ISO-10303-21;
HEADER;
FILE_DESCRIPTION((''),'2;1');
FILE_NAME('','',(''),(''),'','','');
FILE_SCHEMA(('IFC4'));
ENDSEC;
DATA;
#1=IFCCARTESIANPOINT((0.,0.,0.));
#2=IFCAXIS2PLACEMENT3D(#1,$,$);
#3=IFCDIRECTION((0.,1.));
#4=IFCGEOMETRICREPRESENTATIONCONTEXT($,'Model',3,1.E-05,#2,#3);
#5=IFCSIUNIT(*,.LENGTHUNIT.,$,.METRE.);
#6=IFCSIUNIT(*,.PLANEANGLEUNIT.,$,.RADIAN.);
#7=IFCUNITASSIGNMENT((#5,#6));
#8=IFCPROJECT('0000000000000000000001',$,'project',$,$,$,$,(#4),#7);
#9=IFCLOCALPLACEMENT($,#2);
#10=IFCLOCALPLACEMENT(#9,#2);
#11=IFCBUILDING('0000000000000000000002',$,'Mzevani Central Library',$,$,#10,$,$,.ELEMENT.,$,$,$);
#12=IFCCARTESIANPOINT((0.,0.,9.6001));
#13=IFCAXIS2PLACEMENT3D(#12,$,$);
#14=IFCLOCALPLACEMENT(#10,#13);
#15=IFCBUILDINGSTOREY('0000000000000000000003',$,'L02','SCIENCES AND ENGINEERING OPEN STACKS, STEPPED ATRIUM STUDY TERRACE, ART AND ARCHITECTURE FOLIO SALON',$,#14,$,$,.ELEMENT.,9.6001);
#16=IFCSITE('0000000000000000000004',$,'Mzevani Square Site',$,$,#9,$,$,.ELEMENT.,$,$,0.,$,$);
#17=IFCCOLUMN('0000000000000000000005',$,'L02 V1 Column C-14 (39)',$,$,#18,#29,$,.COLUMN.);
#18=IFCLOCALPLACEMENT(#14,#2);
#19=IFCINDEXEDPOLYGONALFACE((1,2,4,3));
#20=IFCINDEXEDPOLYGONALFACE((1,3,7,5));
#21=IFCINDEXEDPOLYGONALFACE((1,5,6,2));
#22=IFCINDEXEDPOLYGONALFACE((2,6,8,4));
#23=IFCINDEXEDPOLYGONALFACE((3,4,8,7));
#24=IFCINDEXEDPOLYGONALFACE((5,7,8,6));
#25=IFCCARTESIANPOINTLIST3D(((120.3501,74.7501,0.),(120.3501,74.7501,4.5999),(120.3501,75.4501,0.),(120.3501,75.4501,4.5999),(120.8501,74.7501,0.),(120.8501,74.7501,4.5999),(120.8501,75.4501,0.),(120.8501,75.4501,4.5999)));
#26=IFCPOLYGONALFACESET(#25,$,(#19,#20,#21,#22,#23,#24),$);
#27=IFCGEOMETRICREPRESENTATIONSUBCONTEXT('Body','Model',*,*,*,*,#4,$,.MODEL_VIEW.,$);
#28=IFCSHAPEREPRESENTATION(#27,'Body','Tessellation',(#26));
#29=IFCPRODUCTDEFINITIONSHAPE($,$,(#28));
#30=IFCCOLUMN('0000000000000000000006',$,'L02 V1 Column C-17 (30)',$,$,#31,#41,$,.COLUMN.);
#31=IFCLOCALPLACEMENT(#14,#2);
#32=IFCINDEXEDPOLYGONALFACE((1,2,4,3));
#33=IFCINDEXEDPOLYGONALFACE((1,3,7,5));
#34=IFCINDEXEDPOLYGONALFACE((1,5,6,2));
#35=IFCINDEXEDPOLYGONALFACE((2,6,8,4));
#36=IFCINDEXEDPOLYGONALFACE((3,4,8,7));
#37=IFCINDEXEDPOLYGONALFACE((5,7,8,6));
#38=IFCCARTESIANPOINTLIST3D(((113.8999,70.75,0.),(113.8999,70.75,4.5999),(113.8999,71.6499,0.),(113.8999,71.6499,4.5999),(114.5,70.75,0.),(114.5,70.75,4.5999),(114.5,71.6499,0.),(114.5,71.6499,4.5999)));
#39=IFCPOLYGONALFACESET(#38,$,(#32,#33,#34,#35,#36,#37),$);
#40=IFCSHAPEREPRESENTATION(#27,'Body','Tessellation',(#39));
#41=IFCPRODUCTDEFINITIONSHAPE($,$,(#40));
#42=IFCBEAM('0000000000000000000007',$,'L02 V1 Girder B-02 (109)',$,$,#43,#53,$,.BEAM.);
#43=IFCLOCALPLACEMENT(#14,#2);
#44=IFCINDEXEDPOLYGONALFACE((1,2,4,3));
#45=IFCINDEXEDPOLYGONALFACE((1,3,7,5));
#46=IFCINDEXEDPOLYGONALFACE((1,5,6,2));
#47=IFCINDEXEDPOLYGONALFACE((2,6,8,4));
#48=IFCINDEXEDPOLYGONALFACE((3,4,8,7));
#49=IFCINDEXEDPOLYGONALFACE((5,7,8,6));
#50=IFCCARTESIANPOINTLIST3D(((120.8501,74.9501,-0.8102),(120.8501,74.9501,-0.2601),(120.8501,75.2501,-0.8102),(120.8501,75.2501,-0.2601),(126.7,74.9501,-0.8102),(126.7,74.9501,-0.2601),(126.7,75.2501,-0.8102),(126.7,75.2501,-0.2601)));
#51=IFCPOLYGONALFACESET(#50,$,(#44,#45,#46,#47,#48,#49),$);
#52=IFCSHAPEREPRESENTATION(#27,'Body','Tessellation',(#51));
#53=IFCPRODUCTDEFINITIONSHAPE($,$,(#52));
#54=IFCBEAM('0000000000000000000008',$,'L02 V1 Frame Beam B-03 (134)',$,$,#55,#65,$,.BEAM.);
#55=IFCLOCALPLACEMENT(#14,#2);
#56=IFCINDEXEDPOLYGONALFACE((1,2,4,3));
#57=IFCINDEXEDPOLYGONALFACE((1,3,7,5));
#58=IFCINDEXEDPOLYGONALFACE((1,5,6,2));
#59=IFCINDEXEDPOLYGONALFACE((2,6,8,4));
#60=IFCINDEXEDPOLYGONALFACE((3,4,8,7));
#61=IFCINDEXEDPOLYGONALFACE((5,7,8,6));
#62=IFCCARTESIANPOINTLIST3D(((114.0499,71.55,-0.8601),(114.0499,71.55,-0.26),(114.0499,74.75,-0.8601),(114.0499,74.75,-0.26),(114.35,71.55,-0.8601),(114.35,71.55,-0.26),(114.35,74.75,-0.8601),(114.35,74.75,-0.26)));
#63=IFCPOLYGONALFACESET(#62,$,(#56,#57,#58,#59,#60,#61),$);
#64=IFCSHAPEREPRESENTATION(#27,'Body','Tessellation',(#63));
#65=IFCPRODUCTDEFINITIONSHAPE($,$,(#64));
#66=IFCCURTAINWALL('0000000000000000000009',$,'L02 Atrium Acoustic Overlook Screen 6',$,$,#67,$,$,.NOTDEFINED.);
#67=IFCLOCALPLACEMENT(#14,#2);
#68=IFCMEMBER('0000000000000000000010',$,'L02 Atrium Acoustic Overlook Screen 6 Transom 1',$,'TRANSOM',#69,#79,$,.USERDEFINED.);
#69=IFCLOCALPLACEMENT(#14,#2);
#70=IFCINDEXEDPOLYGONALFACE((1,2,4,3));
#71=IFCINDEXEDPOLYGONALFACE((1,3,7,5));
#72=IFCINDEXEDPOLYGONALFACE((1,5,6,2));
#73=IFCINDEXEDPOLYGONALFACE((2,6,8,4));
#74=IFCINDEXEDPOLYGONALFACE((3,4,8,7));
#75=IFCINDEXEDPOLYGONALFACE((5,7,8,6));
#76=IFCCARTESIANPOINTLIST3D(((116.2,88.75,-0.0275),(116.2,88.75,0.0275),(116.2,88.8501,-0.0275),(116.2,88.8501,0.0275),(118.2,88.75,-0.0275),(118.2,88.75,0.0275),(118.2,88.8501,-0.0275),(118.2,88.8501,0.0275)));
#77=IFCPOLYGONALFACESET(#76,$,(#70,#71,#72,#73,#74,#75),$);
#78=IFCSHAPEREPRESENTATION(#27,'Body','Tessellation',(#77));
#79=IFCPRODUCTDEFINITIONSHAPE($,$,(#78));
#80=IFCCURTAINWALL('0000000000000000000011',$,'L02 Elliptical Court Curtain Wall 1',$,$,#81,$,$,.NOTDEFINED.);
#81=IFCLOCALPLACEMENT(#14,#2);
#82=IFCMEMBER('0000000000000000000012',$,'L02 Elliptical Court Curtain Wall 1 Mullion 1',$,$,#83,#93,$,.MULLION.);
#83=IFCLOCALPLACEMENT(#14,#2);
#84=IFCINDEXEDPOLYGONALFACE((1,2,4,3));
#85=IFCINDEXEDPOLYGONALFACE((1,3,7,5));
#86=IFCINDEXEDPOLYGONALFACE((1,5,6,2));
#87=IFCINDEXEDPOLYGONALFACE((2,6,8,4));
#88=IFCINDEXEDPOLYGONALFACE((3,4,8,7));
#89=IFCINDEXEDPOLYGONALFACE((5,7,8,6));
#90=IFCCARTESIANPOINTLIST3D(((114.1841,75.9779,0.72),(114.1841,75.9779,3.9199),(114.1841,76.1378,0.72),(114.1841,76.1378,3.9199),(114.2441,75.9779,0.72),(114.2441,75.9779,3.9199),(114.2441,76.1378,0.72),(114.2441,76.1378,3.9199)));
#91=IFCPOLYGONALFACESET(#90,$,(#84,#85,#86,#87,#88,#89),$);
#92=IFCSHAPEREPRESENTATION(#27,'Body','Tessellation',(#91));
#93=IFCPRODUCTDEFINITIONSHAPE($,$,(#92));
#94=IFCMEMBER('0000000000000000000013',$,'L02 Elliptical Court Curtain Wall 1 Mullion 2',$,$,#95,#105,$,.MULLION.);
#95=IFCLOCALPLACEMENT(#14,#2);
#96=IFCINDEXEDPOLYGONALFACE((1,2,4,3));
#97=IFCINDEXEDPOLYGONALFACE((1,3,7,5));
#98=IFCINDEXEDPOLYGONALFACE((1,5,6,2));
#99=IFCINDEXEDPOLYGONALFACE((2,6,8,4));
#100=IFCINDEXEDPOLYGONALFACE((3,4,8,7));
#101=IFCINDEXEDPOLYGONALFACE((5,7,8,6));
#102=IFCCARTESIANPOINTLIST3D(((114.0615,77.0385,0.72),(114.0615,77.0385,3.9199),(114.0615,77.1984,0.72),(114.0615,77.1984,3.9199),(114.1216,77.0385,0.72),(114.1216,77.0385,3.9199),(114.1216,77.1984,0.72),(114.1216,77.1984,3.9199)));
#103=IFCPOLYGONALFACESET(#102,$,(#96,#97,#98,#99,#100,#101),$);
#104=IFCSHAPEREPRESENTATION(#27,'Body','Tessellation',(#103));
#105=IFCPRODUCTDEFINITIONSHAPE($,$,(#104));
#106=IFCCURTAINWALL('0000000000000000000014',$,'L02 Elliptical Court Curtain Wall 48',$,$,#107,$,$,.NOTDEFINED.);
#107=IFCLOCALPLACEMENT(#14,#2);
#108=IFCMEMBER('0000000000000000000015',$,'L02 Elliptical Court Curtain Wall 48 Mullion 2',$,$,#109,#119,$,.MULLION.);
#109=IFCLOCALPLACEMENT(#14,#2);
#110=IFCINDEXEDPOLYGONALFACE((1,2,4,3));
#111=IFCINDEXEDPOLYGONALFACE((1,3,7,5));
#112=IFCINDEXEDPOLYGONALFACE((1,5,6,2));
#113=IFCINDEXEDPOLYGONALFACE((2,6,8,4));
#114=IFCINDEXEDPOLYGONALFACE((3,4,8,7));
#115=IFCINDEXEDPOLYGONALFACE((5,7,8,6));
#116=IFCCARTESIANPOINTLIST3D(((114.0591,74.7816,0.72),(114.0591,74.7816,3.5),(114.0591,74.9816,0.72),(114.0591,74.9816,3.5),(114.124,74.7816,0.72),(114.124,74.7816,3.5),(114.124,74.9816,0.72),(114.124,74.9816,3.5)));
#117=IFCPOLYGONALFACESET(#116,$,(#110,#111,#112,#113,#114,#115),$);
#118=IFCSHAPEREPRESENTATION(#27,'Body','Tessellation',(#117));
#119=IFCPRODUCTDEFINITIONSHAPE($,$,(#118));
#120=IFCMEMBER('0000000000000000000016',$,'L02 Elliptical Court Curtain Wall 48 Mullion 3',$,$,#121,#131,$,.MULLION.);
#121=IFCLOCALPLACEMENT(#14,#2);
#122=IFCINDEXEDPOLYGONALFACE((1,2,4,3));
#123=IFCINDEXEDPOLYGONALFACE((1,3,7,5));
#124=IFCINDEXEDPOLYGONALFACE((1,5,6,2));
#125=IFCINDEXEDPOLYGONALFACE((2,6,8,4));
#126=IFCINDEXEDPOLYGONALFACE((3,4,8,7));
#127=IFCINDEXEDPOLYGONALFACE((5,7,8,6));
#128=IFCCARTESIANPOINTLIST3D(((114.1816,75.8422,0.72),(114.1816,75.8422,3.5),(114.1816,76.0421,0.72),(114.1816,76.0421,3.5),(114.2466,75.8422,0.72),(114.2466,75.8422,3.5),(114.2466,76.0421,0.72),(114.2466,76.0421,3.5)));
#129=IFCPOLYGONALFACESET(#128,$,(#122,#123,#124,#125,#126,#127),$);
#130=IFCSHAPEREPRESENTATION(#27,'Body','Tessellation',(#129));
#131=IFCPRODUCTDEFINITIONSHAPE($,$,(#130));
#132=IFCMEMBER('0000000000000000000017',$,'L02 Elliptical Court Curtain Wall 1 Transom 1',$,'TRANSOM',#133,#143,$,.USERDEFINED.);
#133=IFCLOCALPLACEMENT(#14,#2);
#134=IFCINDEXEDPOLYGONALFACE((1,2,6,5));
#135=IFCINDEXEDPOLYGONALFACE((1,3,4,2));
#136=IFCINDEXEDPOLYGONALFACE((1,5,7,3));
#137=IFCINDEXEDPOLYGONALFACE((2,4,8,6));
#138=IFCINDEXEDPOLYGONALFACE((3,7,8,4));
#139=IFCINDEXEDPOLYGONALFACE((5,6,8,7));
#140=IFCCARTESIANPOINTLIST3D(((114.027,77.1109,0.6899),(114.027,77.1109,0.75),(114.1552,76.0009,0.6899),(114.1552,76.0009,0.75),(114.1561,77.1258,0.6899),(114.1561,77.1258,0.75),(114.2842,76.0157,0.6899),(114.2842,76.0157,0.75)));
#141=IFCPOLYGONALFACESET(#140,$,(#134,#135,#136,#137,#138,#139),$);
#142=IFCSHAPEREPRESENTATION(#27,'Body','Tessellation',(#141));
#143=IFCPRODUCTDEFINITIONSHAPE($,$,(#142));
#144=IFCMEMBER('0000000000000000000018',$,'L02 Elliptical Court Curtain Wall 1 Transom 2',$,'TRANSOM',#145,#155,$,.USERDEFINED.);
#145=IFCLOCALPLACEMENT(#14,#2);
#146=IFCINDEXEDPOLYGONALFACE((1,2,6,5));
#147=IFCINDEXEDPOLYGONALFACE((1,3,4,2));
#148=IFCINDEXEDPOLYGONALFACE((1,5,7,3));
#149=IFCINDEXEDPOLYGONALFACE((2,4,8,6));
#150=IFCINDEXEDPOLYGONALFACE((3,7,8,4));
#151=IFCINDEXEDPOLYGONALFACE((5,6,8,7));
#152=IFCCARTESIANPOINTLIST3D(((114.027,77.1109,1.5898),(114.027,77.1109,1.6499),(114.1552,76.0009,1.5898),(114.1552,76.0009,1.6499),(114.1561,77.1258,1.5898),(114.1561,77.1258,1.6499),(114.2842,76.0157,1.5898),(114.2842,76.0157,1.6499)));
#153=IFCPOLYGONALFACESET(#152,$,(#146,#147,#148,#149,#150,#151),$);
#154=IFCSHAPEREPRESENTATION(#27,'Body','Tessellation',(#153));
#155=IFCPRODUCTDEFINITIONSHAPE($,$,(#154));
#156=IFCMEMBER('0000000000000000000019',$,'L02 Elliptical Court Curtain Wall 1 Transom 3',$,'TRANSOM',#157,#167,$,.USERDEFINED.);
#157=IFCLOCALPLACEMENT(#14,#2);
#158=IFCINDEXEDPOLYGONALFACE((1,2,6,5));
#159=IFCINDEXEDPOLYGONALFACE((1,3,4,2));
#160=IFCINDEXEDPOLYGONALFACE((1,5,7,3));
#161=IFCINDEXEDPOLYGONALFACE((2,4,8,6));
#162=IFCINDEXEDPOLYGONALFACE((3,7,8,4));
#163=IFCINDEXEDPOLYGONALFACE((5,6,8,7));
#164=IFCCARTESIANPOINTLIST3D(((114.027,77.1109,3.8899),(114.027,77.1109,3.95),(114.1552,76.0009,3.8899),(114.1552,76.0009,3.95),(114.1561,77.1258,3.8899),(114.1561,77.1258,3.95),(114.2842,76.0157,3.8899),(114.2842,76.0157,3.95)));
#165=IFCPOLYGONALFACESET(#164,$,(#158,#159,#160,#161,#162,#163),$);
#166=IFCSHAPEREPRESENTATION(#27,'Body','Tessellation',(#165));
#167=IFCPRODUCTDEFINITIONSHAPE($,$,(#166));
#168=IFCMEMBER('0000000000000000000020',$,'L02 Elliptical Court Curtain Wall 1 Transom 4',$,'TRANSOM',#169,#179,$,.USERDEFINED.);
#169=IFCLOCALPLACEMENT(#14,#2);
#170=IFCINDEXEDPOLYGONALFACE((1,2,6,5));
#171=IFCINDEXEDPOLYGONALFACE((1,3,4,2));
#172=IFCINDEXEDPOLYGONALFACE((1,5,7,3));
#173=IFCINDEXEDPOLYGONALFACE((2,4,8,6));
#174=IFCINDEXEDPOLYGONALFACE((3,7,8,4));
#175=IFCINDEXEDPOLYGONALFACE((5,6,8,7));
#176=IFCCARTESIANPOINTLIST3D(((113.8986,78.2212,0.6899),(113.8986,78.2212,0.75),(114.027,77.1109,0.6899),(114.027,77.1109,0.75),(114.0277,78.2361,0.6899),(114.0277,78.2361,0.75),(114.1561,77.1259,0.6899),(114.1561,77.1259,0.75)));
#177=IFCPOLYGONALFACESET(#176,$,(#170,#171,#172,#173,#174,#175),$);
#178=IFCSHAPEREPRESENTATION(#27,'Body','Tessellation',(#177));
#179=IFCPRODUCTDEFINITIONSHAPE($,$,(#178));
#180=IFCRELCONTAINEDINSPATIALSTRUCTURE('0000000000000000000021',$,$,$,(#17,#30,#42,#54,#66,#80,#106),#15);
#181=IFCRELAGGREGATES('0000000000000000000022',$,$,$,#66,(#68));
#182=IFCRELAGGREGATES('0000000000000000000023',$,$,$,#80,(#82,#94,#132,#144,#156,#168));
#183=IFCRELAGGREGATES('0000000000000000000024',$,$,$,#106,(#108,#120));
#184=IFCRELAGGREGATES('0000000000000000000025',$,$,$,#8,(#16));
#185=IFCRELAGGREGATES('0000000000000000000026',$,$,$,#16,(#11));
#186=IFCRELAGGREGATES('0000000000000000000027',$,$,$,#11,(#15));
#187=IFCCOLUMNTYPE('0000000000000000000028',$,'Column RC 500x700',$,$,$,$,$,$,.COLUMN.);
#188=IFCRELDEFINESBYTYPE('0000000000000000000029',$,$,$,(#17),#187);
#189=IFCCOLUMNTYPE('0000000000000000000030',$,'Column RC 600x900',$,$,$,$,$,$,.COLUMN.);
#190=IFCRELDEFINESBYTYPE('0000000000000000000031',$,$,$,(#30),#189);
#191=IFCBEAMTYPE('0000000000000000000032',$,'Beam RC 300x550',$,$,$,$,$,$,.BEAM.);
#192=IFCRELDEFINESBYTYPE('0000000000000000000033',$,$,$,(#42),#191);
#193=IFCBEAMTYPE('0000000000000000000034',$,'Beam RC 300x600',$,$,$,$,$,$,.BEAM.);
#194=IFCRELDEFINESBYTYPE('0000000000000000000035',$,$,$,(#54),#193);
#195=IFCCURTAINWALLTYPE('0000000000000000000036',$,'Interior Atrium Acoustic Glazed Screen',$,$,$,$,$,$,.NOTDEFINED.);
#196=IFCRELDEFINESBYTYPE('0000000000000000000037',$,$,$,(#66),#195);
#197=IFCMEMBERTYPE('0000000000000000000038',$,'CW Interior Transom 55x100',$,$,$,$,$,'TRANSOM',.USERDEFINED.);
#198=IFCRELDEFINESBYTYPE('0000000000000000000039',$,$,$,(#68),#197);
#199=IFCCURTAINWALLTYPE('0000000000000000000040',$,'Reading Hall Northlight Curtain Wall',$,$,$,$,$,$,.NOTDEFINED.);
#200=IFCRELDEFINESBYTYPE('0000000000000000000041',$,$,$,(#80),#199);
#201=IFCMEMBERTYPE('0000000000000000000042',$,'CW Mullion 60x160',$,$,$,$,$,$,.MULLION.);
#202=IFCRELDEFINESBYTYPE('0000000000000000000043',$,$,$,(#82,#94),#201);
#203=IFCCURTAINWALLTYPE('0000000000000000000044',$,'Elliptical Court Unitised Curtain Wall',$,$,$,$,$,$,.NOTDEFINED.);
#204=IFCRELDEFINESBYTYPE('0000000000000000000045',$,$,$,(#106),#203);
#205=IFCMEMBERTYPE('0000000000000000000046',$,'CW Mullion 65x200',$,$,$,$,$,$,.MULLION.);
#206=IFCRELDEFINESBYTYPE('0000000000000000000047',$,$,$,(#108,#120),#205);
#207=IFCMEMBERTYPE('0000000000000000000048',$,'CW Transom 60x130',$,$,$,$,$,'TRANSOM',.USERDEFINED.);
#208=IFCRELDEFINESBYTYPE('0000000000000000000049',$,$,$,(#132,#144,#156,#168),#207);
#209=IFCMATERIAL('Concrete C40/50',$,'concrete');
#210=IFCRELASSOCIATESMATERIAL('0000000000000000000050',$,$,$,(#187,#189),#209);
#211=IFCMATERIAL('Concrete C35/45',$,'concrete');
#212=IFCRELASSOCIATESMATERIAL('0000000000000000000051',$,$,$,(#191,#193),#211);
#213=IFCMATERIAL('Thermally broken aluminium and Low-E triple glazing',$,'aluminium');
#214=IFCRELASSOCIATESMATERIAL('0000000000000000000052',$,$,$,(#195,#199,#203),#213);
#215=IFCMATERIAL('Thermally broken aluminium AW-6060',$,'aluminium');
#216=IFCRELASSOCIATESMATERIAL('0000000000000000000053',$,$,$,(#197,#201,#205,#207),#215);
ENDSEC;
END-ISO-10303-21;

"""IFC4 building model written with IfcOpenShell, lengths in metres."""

from ifc_helpers import new_model, si_unit, direction, frame, origin, origin_2d, place, context, subcontext, project, spatial, rectangle, extrude, material, material_profile, profile_set, type_object, element, aggregate, save


model = new_model("IFC4")

# Units and contexts
model_context = context("Model", 3, precision=1e-05, world=origin(), true_north=direction((0.0, 1.0)))
body_context = subcontext(model_context, "Body", "Model", "MODEL_VIEW")
ifc_project = project(units=[si_unit("LENGTHUNIT", "METRE"), si_unit("PLANEANGLEUNIT", "RADIAN")], contexts=[model_context])

# Site, building, storey
site_placement = place(None, origin())
site = spatial("IfcSite", under=ifc_project, at=site_placement, Name="Mzevani Square Site", CompositionType="ELEMENT", RefElevation=0.0)
building_placement = place(site_placement, origin())
building = spatial("IfcBuilding", under=site, at=building_placement, Name="Mzevani Central Library", CompositionType="ELEMENT")
storey_placement = place(building_placement, frame((0.0, 0.0, 9.6001)))
storey = spatial("IfcBuildingStorey", under=building, at=storey_placement, Name="L02", Description="SCIENCES AND ENGINEERING OPEN STACKS, STEPPED ATRIUM STUDY TERRACE, ART AND ARCHITECTURE FOLIO SALON", CompositionType="ELEMENT", Elevation=9.6001)

# Columns
ifc_material_1 = material(Name="Concrete C40/50", Category="concrete")
ifc_material_profile_1 = material_profile(ifc_material_1, rectangle(XDim=0.5, YDim=0.7, at=origin_2d()), Name="RC 500x700")
ifc_profile_set_1 = profile_set([ifc_material_profile_1], Name="Concrete C40/50")
column_type_1 = type_object("IfcColumnType", Name="Column RC 500x700", PredefinedType="COLUMN", material=ifc_profile_set_1)
column_1_placement = place(storey_placement, frame((120.6001, 75.1001, 0.0), z_axis=(0.0, 0.0, 1.0), x_axis=(1.0, 0.0, 0.0)))
element("IfcColumn", 1, at=column_1_placement, inside=storey, type_object=column_type_1, Name="L02 V1 Column C-14 (39)", PredefinedType="COLUMN", context=body_context, shape_type="SweptSolid", body=[
    extrude(rectangle(XDim=0.5, YDim=0.7, at=origin_2d()), origin(), (0.0, 0.0, 1.0), 4.5999),
])
ifc_material_profile_2 = material_profile(ifc_material_1, rectangle(XDim=0.6001, YDim=0.8999, at=origin_2d()), Name="RC 600x900")
ifc_profile_set_2 = profile_set([ifc_material_profile_2], Name="Concrete C40/50")
column_type_2 = type_object("IfcColumnType", Name="Column RC 600x900", PredefinedType="COLUMN", material=ifc_profile_set_2)
column_2_placement = place(storey_placement, frame((114.2, 71.2, 0.0), z_axis=(0.0, 0.0, 1.0), x_axis=(1.0, 0.0, 0.0)))
element("IfcColumn", 2, at=column_2_placement, inside=storey, type_object=column_type_2, Name="L02 V1 Column C-17 (30)", PredefinedType="COLUMN", context=body_context, shape_type="SweptSolid", body=[
    extrude(rectangle(XDim=0.6001, YDim=0.8999, at=origin_2d()), origin(), (0.0, 0.0, 1.0), 4.5999),
])

# Beams
ifc_material_2 = material(Name="Concrete C35/45", Category="concrete")
ifc_material_profile_3 = material_profile(ifc_material_2, rectangle(XDim=0.3, YDim=0.55, at=origin_2d()), Name="RC B300x550")
ifc_profile_set_3 = profile_set([ifc_material_profile_3], Name="Concrete C35/45")
beam_type_1 = type_object("IfcBeamType", Name="Beam RC 300x550", PredefinedType="BEAM", material=ifc_profile_set_3)
beam_1_placement = place(storey_placement, frame((120.8501, 75.1001, -0.5352), z_axis=(1.0, 0.0, 0.0), x_axis=(0.0, 1.0, 0.0)))
element("IfcBeam", 3, at=beam_1_placement, inside=storey, type_object=beam_type_1, Name="L02 V1 Girder B-02 (109)", PredefinedType="BEAM", context=body_context, shape_type="SweptSolid", body=[
    extrude(rectangle(XDim=0.3, YDim=0.55, at=origin_2d()), origin(), (0.0, 0.0, 1.0), 5.8499),
])
ifc_material_profile_4 = material_profile(ifc_material_2, rectangle(XDim=0.3, YDim=0.6001, at=origin_2d()), Name="RC B300x600")
ifc_profile_set_4 = profile_set([ifc_material_profile_4], Name="Concrete C35/45")
beam_type_2 = type_object("IfcBeamType", Name="Beam RC 300x600", PredefinedType="BEAM", material=ifc_profile_set_4)
beam_2_placement = place(storey_placement, frame((114.2, 71.55, -0.5601), z_axis=(0.0, 1.0, 0.0), x_axis=(-1.0, 0.0, 0.0)))
element("IfcBeam", 4, at=beam_2_placement, inside=storey, type_object=beam_type_2, Name="L02 V1 Frame Beam B-03 (134)", PredefinedType="BEAM", context=body_context, shape_type="SweptSolid", body=[
    extrude(rectangle(XDim=0.3, YDim=0.6001, at=origin_2d()), origin(), (0.0, 0.0, 1.0), 3.2),
])

# Curtain wall, member
ifc_material_3 = material(Name="Thermally broken aluminium and Low-E triple glazing", Category="aluminium")
curtain_wall_type_1 = type_object("IfcCurtainWallType", Name="Interior Atrium Acoustic Glazed Screen", PredefinedType="NOTDEFINED", material=ifc_material_3)
curtain_wall_1_placement = place(storey_placement, origin())
curtain_wall_1 = element("IfcCurtainWall", 5, at=curtain_wall_1_placement, inside=storey, type_object=curtain_wall_type_1, Name="L02 Atrium Acoustic Overlook Screen 6", PredefinedType="NOTDEFINED")
ifc_material_4 = material(Name="Thermally broken aluminium AW-6060", Category="aluminium")
ifc_material_profile_5 = material_profile(ifc_material_4, rectangle(XDim=0.1001, YDim=0.0549, at=origin_2d()), Name="ALU T55x100")
ifc_profile_set_5 = profile_set([ifc_material_profile_5], Name="Thermally broken aluminium AW-6060")
member_type_1 = type_object("IfcMemberType", Name="CW Interior Transom 55x100", ElementType="TRANSOM", PredefinedType="USERDEFINED", material=ifc_profile_set_5)
member_1_placement = place(storey_placement, frame((116.2, 88.8, 0.0), z_axis=(1.0, 0.0, 0.0), x_axis=(0.0, 1.0, 0.0)))
member_1 = element("IfcMember", 6, at=member_1_placement, type_object=member_type_1, Name="L02 Atrium Acoustic Overlook Screen 6 Transom 1", ObjectType="TRANSOM", PredefinedType="USERDEFINED", context=body_context, shape_type="SweptSolid", body=[
    extrude(rectangle(XDim=0.1001, YDim=0.0549, at=origin_2d()), origin(), (0.0, 0.0, 1.0), 2.0),
])
aggregate(curtain_wall_1, [member_1])

# Curtain walls, members
curtain_wall_type_2 = type_object("IfcCurtainWallType", Name="Reading Hall Northlight Curtain Wall", PredefinedType="NOTDEFINED", material=ifc_material_3)
curtain_wall_2_placement = place(storey_placement, origin())
curtain_wall_2 = element("IfcCurtainWall", 7, at=curtain_wall_2_placement, inside=storey, type_object=curtain_wall_type_2, Name="L02 Elliptical Court Curtain Wall 1", PredefinedType="NOTDEFINED")
ifc_material_profile_6 = material_profile(ifc_material_4, rectangle(XDim=0.0601, YDim=0.1599, at=origin_2d()), Name="ALU M60x160")
ifc_profile_set_6 = profile_set([ifc_material_profile_6], Name="Thermally broken aluminium AW-6060")
member_type_2 = type_object("IfcMemberType", Name="CW Mullion 60x160", PredefinedType="MULLION", material=ifc_profile_set_6)
member_2_placement = place(storey_placement, frame((114.2141, 76.0579, 0.72), z_axis=(0.0, 0.0, 1.0), x_axis=(1.0, 0.0, 0.0)))
member_2 = element("IfcMember", 8, at=member_2_placement, type_object=member_type_2, Name="L02 Elliptical Court Curtain Wall 1 Mullion 1", PredefinedType="MULLION", context=body_context, shape_type="SweptSolid", body=[
    extrude(rectangle(XDim=0.0601, YDim=0.1599, at=origin_2d()), origin(), (0.0, 0.0, 1.0), 3.2),
])
member_3_placement = place(storey_placement, frame((114.0916, 77.1184, 0.72), z_axis=(0.0, 0.0, 1.0), x_axis=(1.0, 0.0, 0.0)))
member_3 = element("IfcMember", 9, at=member_3_placement, type_object=member_type_2, Name="L02 Elliptical Court Curtain Wall 1 Mullion 2", PredefinedType="MULLION", context=body_context, shape_type="SweptSolid", body=[
    extrude(rectangle(XDim=0.0601, YDim=0.1599, at=origin_2d()), origin(), (0.0, 0.0, 1.0), 3.2),
])
curtain_wall_type_3 = type_object("IfcCurtainWallType", Name="Elliptical Court Unitised Curtain Wall", PredefinedType="NOTDEFINED", material=ifc_material_3)
curtain_wall_3_placement = place(storey_placement, origin())
curtain_wall_3 = element("IfcCurtainWall", 10, at=curtain_wall_3_placement, inside=storey, type_object=curtain_wall_type_3, Name="L02 Elliptical Court Curtain Wall 48", PredefinedType="NOTDEFINED")
ifc_material_profile_7 = material_profile(ifc_material_4, rectangle(XDim=0.0649, YDim=0.2, at=origin_2d()), Name="ALU M65x200")
ifc_profile_set_7 = profile_set([ifc_material_profile_7], Name="Thermally broken aluminium AW-6060")
member_type_3 = type_object("IfcMemberType", Name="CW Mullion 65x200", PredefinedType="MULLION", material=ifc_profile_set_7)
member_4_placement = place(storey_placement, frame((114.0916, 74.8816, 0.72), z_axis=(0.0, 0.0, 1.0), x_axis=(1.0, 0.0, 0.0)))
member_4 = element("IfcMember", 11, at=member_4_placement, type_object=member_type_3, Name="L02 Elliptical Court Curtain Wall 48 Mullion 2", PredefinedType="MULLION", context=body_context, shape_type="SweptSolid", body=[
    extrude(rectangle(XDim=0.0649, YDim=0.2, at=origin_2d()), origin(), (0.0, 0.0, 1.0), 2.78),
])
member_5_placement = place(storey_placement, frame((114.2141, 75.9421, 0.72), z_axis=(0.0, 0.0, 1.0), x_axis=(1.0, 0.0, 0.0)))
member_5 = element("IfcMember", 12, at=member_5_placement, type_object=member_type_3, Name="L02 Elliptical Court Curtain Wall 48 Mullion 3", PredefinedType="MULLION", context=body_context, shape_type="SweptSolid", body=[
    extrude(rectangle(XDim=0.0649, YDim=0.2, at=origin_2d()), origin(), (0.0, 0.0, 1.0), 2.78),
])

# Members
ifc_material_profile_8 = material_profile(ifc_material_4, rectangle(XDim=0.1299, YDim=0.0601, at=origin_2d()), Name="ALU T60x130")
ifc_profile_set_8 = profile_set([ifc_material_profile_8], Name="Thermally broken aluminium AW-6060")
member_type_4 = type_object("IfcMemberType", Name="CW Transom 60x130", ElementType="TRANSOM", PredefinedType="USERDEFINED", material=ifc_profile_set_8)
member_6_placement = place(storey_placement, frame((114.2197, 76.0083, 0.72), z_axis=(-0.114699, 0.9934, 0.0), x_axis=(-0.9934, -0.114699, 0.0)))
member_6 = element("IfcMember", 13, at=member_6_placement, type_object=member_type_4, Name="L02 Elliptical Court Curtain Wall 1 Transom 1", ObjectType="TRANSOM", PredefinedType="USERDEFINED", context=body_context, shape_type="SweptSolid", body=[
    extrude(rectangle(XDim=0.1299, YDim=0.0601, at=origin_2d()), origin(), (0.0, 0.0, 1.0), 1.1174),
])
member_7_placement = place(storey_placement, frame((114.2197, 76.0083, 1.6199), z_axis=(-0.114699, 0.9934, 0.0), x_axis=(-0.9934, -0.114699, 0.0)))
member_7 = element("IfcMember", 14, at=member_7_placement, type_object=member_type_4, Name="L02 Elliptical Court Curtain Wall 1 Transom 2", ObjectType="TRANSOM", PredefinedType="USERDEFINED", context=body_context, shape_type="SweptSolid", body=[
    extrude(rectangle(XDim=0.1299, YDim=0.0601, at=origin_2d()), origin(), (0.0, 0.0, 1.0), 1.1174),
])
member_8_placement = place(storey_placement, frame((114.2197, 76.0083, 3.9199), z_axis=(-0.114699, 0.9934, 0.0), x_axis=(-0.9934, -0.114699, 0.0)))
member_8 = element("IfcMember", 15, at=member_8_placement, type_object=member_type_4, Name="L02 Elliptical Court Curtain Wall 1 Transom 3", ObjectType="TRANSOM", PredefinedType="USERDEFINED", context=body_context, shape_type="SweptSolid", body=[
    extrude(rectangle(XDim=0.1299, YDim=0.0601, at=origin_2d()), origin(), (0.0, 0.0, 1.0), 1.1174),
])
member_9_placement = place(storey_placement, frame((114.0916, 77.1184, 0.72), z_axis=(-0.114889, 0.993378, 0.0), x_axis=(-0.993378, -0.114889, 0.0)))
member_9 = element("IfcMember", 16, at=member_9_placement, type_object=member_type_4, Name="L02 Elliptical Court Curtain Wall 1 Transom 4", ObjectType="TRANSOM", PredefinedType="USERDEFINED", context=body_context, shape_type="SweptSolid", body=[
    extrude(rectangle(XDim=0.1299, YDim=0.0601, at=origin_2d()), origin(), (0.0, 0.0, 1.0), 1.1177),
])

aggregate(curtain_wall_2, [member_2, member_3, member_6, member_7, member_8, member_9])
aggregate(curtain_wall_3, [member_4, member_5])

save(model, "model.ifc")
